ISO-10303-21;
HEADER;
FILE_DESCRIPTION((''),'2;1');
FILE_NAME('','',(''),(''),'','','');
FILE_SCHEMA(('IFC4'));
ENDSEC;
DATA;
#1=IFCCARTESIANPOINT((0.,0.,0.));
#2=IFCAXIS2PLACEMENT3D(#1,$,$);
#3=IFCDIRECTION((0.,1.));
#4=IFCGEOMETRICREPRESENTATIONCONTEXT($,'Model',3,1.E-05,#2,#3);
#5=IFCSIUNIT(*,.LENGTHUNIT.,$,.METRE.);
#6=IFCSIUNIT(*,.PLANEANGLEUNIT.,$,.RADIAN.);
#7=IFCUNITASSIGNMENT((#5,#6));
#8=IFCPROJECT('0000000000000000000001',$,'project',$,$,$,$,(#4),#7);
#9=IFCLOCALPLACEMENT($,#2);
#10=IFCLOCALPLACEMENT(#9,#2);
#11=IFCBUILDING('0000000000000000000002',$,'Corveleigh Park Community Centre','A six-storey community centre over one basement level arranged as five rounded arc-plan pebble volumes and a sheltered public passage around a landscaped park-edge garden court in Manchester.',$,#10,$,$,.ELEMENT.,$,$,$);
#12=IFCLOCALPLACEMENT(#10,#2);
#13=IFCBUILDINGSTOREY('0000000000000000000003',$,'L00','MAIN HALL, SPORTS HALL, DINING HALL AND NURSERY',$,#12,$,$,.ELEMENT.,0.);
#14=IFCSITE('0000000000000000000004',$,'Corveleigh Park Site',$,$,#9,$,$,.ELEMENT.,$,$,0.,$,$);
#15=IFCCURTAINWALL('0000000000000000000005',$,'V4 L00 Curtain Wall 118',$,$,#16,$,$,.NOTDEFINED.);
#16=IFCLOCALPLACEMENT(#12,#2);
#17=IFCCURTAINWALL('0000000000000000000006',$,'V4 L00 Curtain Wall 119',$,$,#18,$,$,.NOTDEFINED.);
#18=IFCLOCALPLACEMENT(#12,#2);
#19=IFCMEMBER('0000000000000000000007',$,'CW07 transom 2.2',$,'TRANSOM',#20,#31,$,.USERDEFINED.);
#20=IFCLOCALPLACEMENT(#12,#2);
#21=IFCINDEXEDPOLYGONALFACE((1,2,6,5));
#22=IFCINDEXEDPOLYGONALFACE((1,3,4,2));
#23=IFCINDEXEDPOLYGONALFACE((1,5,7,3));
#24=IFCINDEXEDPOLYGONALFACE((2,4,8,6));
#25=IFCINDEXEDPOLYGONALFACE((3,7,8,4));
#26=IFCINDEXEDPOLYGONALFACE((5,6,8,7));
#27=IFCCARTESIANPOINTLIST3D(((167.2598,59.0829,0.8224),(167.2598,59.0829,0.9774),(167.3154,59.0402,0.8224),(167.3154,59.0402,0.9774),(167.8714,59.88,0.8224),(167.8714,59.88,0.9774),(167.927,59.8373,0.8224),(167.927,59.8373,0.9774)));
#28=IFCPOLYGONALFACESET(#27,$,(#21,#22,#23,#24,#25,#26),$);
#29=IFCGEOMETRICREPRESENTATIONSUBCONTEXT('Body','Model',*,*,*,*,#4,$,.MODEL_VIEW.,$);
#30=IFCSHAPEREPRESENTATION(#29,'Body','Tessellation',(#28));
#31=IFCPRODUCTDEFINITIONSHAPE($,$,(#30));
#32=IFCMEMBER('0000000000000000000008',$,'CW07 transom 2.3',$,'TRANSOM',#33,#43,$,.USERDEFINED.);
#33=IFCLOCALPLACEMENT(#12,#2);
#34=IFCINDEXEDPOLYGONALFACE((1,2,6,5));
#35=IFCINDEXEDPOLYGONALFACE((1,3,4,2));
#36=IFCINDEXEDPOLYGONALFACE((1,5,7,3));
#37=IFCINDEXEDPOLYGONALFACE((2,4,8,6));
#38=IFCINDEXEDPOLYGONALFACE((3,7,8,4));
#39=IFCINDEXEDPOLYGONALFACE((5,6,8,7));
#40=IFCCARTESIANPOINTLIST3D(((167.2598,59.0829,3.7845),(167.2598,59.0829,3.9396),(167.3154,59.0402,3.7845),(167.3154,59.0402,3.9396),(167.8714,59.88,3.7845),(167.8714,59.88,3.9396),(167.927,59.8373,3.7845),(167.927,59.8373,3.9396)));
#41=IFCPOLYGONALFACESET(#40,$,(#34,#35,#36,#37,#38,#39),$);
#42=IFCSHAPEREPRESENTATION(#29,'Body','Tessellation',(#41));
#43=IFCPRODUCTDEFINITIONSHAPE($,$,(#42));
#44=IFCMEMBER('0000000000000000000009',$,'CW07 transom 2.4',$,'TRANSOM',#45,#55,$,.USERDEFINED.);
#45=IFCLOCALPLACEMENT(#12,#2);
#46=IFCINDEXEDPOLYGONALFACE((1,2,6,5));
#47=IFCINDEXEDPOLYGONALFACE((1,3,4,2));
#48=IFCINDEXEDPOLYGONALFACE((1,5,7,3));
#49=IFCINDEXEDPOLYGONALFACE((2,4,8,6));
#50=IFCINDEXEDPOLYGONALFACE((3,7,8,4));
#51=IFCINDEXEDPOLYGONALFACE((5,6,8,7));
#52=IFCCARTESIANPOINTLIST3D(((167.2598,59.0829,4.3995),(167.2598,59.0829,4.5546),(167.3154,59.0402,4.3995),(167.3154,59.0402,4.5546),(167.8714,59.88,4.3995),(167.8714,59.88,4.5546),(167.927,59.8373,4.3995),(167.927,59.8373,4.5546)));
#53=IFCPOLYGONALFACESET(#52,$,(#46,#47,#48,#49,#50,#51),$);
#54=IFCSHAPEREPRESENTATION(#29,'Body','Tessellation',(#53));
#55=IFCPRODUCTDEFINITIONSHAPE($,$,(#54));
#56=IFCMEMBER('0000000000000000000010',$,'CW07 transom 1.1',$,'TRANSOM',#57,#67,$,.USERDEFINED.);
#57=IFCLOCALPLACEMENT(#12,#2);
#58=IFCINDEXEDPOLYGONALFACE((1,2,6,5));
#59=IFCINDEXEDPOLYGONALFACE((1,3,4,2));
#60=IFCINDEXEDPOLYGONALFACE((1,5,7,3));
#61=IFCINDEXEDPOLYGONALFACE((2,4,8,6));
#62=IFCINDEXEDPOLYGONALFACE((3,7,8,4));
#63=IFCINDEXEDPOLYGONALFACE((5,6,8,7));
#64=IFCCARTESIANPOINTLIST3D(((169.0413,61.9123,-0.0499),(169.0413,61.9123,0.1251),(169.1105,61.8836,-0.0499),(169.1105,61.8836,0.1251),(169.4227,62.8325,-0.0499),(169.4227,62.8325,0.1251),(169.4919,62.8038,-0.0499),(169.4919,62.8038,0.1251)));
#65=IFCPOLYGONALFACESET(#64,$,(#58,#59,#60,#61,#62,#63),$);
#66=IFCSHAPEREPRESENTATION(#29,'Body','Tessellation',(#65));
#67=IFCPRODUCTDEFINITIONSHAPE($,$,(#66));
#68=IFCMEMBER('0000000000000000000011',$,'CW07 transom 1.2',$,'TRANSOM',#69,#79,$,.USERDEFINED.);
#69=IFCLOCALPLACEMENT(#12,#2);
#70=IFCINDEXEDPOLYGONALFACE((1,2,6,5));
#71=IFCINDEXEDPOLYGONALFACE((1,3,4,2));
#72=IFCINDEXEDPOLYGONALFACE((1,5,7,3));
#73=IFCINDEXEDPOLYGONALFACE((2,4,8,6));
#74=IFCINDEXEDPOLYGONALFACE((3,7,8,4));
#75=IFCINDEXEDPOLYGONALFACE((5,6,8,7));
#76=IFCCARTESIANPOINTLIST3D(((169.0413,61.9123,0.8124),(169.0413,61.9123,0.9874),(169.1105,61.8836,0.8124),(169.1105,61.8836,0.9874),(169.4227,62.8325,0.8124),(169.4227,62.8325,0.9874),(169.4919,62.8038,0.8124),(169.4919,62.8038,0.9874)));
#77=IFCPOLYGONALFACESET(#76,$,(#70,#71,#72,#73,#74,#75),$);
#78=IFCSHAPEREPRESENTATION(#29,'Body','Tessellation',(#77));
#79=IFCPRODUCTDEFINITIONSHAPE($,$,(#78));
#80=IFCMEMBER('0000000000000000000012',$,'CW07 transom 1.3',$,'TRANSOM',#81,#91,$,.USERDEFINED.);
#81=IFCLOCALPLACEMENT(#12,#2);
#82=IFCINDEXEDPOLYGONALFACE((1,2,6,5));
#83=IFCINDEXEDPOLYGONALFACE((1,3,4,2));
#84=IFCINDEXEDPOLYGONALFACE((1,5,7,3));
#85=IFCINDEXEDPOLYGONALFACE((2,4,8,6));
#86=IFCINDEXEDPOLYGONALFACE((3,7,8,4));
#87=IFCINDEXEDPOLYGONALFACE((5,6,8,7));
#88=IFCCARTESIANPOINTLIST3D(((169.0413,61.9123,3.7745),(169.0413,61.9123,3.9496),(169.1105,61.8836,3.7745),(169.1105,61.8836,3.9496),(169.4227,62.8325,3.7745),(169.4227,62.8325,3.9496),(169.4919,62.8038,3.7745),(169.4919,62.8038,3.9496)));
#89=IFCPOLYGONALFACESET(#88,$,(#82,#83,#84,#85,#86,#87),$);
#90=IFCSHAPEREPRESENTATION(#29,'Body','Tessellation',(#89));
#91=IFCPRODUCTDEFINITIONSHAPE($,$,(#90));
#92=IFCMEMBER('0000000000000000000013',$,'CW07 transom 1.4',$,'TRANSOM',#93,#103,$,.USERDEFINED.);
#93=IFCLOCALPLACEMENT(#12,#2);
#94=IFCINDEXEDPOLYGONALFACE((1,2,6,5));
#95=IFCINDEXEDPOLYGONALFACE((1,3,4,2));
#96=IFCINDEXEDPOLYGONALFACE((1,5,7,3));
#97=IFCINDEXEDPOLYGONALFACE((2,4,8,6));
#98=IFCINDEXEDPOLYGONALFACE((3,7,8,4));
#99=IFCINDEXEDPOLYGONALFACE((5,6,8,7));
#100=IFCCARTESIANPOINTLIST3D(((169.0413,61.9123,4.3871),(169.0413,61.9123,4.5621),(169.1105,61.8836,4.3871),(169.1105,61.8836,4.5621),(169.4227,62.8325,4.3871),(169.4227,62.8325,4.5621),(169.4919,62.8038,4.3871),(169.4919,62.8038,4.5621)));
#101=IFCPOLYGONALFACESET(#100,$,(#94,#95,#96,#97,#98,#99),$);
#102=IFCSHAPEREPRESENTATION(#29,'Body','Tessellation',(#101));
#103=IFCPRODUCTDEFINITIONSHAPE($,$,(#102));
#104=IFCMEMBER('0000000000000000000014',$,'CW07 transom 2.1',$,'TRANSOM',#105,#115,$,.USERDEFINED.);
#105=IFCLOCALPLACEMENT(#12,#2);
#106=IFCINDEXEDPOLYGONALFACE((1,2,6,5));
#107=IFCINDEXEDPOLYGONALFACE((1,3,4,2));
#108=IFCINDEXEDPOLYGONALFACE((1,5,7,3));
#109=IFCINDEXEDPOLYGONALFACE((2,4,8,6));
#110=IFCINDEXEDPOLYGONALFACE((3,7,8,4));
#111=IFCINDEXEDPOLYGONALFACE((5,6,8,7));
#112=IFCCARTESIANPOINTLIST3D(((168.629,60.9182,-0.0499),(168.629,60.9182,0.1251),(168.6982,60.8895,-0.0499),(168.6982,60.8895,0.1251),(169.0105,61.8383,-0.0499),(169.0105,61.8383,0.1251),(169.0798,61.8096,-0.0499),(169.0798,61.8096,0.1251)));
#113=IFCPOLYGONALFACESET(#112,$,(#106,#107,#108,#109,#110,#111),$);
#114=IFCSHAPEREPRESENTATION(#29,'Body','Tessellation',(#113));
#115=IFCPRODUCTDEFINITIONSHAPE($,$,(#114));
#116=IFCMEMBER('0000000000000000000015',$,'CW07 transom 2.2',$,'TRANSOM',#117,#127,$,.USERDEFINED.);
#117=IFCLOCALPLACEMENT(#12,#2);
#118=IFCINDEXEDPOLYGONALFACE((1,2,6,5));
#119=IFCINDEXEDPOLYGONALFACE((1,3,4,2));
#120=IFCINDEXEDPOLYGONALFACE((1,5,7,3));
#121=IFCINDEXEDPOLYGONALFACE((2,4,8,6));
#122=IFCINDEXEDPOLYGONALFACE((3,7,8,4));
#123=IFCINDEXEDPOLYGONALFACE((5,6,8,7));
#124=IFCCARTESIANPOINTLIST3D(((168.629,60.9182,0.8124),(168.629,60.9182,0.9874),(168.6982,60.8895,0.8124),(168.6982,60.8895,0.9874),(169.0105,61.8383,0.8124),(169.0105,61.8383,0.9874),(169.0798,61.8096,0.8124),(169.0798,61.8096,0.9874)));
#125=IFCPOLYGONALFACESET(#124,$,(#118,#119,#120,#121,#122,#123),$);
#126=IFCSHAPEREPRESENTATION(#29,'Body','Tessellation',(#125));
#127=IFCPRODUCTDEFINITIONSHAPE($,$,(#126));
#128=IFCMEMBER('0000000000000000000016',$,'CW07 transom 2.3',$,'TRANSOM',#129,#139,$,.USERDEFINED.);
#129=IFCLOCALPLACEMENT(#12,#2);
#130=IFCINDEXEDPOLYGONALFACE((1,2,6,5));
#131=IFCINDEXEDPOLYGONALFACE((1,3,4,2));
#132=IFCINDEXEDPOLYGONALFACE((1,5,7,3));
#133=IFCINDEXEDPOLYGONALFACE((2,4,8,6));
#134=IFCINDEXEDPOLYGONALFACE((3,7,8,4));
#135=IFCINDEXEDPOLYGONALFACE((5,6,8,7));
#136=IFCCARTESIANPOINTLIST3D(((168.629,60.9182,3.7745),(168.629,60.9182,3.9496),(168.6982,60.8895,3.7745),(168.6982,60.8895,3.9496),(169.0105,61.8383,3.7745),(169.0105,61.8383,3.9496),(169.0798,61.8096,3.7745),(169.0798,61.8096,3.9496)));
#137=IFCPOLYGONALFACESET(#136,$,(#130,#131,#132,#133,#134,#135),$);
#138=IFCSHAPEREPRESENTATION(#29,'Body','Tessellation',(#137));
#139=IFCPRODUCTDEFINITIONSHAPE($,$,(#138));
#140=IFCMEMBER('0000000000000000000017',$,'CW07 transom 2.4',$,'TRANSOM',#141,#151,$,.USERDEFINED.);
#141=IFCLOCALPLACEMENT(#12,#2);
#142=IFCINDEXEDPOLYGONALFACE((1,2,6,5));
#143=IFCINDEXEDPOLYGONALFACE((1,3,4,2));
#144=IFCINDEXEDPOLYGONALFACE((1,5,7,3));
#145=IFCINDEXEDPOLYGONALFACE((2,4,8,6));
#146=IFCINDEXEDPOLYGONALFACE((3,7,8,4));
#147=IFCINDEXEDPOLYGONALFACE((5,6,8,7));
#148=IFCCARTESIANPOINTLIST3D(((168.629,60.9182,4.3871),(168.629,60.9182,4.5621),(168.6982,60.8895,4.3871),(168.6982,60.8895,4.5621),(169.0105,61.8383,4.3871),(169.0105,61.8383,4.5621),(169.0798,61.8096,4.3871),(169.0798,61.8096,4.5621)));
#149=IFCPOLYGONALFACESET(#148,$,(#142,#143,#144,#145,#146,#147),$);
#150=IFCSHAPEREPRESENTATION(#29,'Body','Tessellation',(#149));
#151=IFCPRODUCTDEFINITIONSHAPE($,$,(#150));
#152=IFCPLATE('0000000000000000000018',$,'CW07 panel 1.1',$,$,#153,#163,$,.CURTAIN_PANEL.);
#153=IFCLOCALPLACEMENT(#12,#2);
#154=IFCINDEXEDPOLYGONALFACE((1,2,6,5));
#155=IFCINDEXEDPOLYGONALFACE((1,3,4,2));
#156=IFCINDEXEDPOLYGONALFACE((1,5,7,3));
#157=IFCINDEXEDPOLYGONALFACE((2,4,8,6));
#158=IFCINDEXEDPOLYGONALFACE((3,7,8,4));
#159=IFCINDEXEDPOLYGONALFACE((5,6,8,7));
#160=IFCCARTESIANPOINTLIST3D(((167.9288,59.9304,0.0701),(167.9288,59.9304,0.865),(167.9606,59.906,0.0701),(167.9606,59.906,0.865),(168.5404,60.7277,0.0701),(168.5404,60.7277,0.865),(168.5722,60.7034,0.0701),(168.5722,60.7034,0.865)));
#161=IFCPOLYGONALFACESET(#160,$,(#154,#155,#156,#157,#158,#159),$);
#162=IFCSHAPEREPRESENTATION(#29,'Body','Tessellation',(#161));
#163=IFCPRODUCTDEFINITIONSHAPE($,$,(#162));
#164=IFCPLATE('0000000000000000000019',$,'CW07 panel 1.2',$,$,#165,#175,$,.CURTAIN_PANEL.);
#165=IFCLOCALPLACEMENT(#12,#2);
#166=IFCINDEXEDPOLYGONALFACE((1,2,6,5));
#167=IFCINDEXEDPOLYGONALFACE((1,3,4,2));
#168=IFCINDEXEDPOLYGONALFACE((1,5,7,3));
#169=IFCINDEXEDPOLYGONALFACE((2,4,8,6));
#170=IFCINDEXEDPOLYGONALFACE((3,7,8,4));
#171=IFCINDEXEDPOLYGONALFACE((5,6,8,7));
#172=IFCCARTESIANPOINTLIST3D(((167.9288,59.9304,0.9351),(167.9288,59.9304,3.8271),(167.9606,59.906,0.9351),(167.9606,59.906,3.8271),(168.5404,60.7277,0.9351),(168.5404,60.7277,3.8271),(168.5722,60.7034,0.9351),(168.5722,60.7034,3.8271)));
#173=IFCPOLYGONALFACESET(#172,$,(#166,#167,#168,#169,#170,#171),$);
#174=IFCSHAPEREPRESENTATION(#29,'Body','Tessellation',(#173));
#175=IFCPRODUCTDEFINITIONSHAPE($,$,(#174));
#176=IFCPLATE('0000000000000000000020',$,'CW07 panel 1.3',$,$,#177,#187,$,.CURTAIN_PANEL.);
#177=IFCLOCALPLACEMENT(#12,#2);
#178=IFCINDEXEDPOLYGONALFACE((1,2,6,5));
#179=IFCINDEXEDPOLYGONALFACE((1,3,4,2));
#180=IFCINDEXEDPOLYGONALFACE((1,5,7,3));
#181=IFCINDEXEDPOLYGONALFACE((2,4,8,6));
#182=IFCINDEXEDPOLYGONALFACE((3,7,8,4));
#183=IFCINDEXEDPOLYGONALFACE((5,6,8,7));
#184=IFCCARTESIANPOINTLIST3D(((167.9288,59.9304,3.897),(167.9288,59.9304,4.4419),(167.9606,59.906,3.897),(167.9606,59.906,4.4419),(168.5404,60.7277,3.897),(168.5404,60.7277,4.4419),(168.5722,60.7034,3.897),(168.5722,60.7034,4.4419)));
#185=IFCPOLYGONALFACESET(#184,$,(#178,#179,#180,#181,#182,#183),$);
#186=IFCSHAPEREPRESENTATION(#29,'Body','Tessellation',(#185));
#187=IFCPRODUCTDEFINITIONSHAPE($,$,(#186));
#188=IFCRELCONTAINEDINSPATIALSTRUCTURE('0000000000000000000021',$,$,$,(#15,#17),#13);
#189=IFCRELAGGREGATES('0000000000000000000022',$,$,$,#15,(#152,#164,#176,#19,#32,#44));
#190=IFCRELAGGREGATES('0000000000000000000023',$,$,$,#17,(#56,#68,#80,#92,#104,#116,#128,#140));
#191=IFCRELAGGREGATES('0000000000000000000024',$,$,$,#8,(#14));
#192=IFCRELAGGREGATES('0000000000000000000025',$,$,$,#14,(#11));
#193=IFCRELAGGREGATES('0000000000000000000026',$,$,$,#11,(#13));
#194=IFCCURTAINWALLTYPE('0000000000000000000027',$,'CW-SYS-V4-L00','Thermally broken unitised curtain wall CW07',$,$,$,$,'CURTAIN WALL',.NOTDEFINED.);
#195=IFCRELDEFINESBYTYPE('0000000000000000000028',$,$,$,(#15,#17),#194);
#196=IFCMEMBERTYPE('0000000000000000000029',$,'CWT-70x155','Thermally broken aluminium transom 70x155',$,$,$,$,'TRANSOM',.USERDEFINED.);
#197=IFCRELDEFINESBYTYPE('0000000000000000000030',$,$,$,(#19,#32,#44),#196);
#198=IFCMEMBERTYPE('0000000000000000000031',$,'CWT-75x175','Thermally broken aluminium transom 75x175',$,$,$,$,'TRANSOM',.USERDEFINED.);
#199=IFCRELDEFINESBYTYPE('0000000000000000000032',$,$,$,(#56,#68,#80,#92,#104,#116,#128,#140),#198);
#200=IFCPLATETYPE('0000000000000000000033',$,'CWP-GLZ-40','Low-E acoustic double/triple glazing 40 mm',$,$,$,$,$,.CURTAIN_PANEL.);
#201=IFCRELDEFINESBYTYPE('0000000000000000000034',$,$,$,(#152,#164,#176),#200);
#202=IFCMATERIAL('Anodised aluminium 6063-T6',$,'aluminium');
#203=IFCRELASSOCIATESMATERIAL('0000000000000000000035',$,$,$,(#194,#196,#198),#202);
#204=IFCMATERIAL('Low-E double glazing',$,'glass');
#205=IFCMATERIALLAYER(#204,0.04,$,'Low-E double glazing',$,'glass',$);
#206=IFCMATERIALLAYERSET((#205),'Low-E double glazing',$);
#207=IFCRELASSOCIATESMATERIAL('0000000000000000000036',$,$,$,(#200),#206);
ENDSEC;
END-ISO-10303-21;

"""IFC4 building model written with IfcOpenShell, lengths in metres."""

from ifc_helpers import new_model, si_unit, direction, frame, origin, origin_2d, place, context, subcontext, project, spatial, rectangle, extrude, material, layer, layer_set, material_profile, profile_set, type_object, element, aggregate, save


model = new_model("IFC4")

# Units and contexts
model_context = context("Model", 3, precision=1e-05, world=origin(), true_north=direction((0.0, 1.0)))
body_context = subcontext(model_context, "Body", "Model", "MODEL_VIEW")
ifc_project = project(units=[si_unit("LENGTHUNIT", "METRE"), si_unit("PLANEANGLEUNIT", "RADIAN")], contexts=[model_context])

# Site, building, storey
site_placement = place(None, origin())
site = spatial("IfcSite", under=ifc_project, at=site_placement, Name="Corveleigh Park Site", CompositionType="ELEMENT", RefElevation=0.0)
building_placement = place(site_placement, origin())
building = spatial("IfcBuilding", under=site, at=building_placement, Name="Corveleigh Park Community Centre", Description="A six-storey community centre over one basement level arranged as five rounded arc-plan pebble volumes and a sheltered public passage around a landscaped park-edge garden court in Manchester.", CompositionType="ELEMENT")
storey_placement = place(building_placement, origin())
storey = spatial("IfcBuildingStorey", under=building, at=storey_placement, Name="L00", Description="MAIN HALL, SPORTS HALL, DINING HALL AND NURSERY", CompositionType="ELEMENT", Elevation=0.0)

# Curtain walls
ifc_material_1 = material(Name="Anodised aluminium 6063-T6", Category="aluminium")
curtain_wall_type = type_object("IfcCurtainWallType", Name="CW-SYS-V4-L00", Description="Thermally broken unitised curtain wall CW07", ElementType="CURTAIN WALL", PredefinedType="NOTDEFINED", material=ifc_material_1)
curtain_wall_1_placement = place(storey_placement, origin())
curtain_wall_1 = element("IfcCurtainWall", 1, at=curtain_wall_1_placement, inside=storey, type_object=curtain_wall_type, Name="V4 L00 Curtain Wall 118", PredefinedType="NOTDEFINED")
curtain_wall_2_placement = place(storey_placement, origin())
curtain_wall_2 = element("IfcCurtainWall", 2, at=curtain_wall_2_placement, inside=storey, type_object=curtain_wall_type, Name="V4 L00 Curtain Wall 119", PredefinedType="NOTDEFINED")

# Members
ifc_material_profile_1 = material_profile(ifc_material_1, rectangle(XDim=0.0701, YDim=0.155, at=origin_2d()), Name="ALU-T70x155", Category="aluminium")
ifc_profile_set_1 = profile_set([ifc_material_profile_1], Name="Anodised aluminium 6063-T6")
member_type_1 = type_object("IfcMemberType", Name="CWT-70x155", Description="Thermally broken aluminium transom 70x155", ElementType="TRANSOM", PredefinedType="USERDEFINED", material=ifc_profile_set_1)
member_1_placement = place(storey_placement, frame((167.8992, 59.8586, 0.8999), z_axis=(-0.608712, -0.793391, 0.0), x_axis=(0.793391, -0.608712, 0.0)))
member_1 = element("IfcMember", 3, at=member_1_placement, type_object=member_type_1, Name="CW07 transom 2.2", ObjectType="TRANSOM", PredefinedType="USERDEFINED", context=body_context, shape_type="SweptSolid", body=[
    extrude(rectangle(XDim=0.0701, YDim=0.155, at=origin_2d()), origin(), (0.0, 0.0, 1.0), 1.0046),
])
member_2_placement = place(storey_placement, frame((167.8992, 59.8586, 3.8621), z_axis=(-0.608712, -0.793391, 0.0), x_axis=(0.793391, -0.608712, 0.0)))
member_2 = element("IfcMember", 4, at=member_2_placement, type_object=member_type_1, Name="CW07 transom 2.3", ObjectType="TRANSOM", PredefinedType="USERDEFINED", context=body_context, shape_type="SweptSolid", body=[
    extrude(rectangle(XDim=0.0701, YDim=0.155, at=origin_2d()), origin(), (0.0, 0.0, 1.0), 1.0046),
])
member_3_placement = place(storey_placement, frame((167.8992, 59.8586, 4.4771), z_axis=(-0.608712, -0.793391, 0.0), x_axis=(0.793391, -0.608712, 0.0)))
member_3 = element("IfcMember", 5, at=member_3_placement, type_object=member_type_1, Name="CW07 transom 2.4", ObjectType="TRANSOM", PredefinedType="USERDEFINED", context=body_context, shape_type="SweptSolid", body=[
    extrude(rectangle(XDim=0.0701, YDim=0.155, at=origin_2d()), origin(), (0.0, 0.0, 1.0), 1.0046),
])
ifc_material_profile_2 = material_profile(ifc_material_1, rectangle(XDim=0.075, YDim=0.175, at=origin_2d()), Name="ALU-T75x175", Category="aluminium")
ifc_profile_set_2 = profile_set([ifc_material_profile_2], Name="Anodised aluminium 6063-T6")
member_type_2 = type_object("IfcMemberType", Name="CWT-75x175", Description="Thermally broken aluminium transom 75x175", ElementType="TRANSOM", PredefinedType="USERDEFINED", material=ifc_profile_set_2)
member_4_placement = place(storey_placement, frame((169.4573, 62.8181, 0.0376), z_axis=(-0.382857, -0.923808, 0.0), x_axis=(0.923808, -0.382857, 0.0)))
member_4 = element("IfcMember", 6, at=member_4_placement, type_object=member_type_2, Name="CW07 transom 1.1", ObjectType="TRANSOM", PredefinedType="USERDEFINED", context=body_context, shape_type="SweptSolid", body=[
    extrude(rectangle(XDim=0.075, YDim=0.175, at=origin_2d()), origin(), (0.0, 0.0, 1.0), 0.9961),
])
member_5_placement = place(storey_placement, frame((169.4573, 62.8181, 0.8999), z_axis=(-0.382857, -0.923808, 0.0), x_axis=(0.923808, -0.382857, 0.0)))
member_5 = element("IfcMember", 7, at=member_5_placement, type_object=member_type_2, Name="CW07 transom 1.2", ObjectType="TRANSOM", PredefinedType="USERDEFINED", context=body_context, shape_type="SweptSolid", body=[
    extrude(rectangle(XDim=0.075, YDim=0.175, at=origin_2d()), origin(), (0.0, 0.0, 1.0), 0.9961),
])
member_6_placement = place(storey_placement, frame((169.4573, 62.8181, 3.8621), z_axis=(-0.382857, -0.923808, 0.0), x_axis=(0.923808, -0.382857, 0.0)))
member_6 = element("IfcMember", 8, at=member_6_placement, type_object=member_type_2, Name="CW07 transom 1.3", ObjectType="TRANSOM", PredefinedType="USERDEFINED", context=body_context, shape_type="SweptSolid", body=[
    extrude(rectangle(XDim=0.075, YDim=0.175, at=origin_2d()), origin(), (0.0, 0.0, 1.0), 0.9961),
])
member_7_placement = place(storey_placement, frame((169.4573, 62.8181, 4.4746), z_axis=(-0.382857, -0.923808, 0.0), x_axis=(0.923808, -0.382857, 0.0)))
member_7 = element("IfcMember", 9, at=member_7_placement, type_object=member_type_2, Name="CW07 transom 1.4", ObjectType="TRANSOM", PredefinedType="USERDEFINED", context=body_context, shape_type="SweptSolid", body=[
    extrude(rectangle(XDim=0.075, YDim=0.175, at=origin_2d()), origin(), (0.0, 0.0, 1.0), 0.9961),
])
member_8_placement = place(storey_placement, frame((169.0452, 61.824, 0.0376), z_axis=(-0.383066, -0.923721, 0.0), x_axis=(0.923721, -0.383066, 0.0)))
member_8 = element("IfcMember", 10, at=member_8_placement, type_object=member_type_2, Name="CW07 transom 2.1", ObjectType="TRANSOM", PredefinedType="USERDEFINED", context=body_context, shape_type="SweptSolid", body=[
    extrude(rectangle(XDim=0.075, YDim=0.175, at=origin_2d()), origin(), (0.0, 0.0, 1.0), 0.9961),
])
member_9_placement = place(storey_placement, frame((169.0452, 61.824, 0.8999), z_axis=(-0.383066, -0.923721, 0.0), x_axis=(0.923721, -0.383066, 0.0)))
member_9 = element("IfcMember", 11, at=member_9_placement, type_object=member_type_2, Name="CW07 transom 2.2", ObjectType="TRANSOM", PredefinedType="USERDEFINED", context=body_context, shape_type="SweptSolid", body=[
    extrude(rectangle(XDim=0.075, YDim=0.175, at=origin_2d()), origin(), (0.0, 0.0, 1.0), 0.9961),
])
member_10_placement = place(storey_placement, frame((169.0452, 61.824, 3.8621), z_axis=(-0.383066, -0.923721, 0.0), x_axis=(0.923721, -0.383066, 0.0)))
member_10 = element("IfcMember", 12, at=member_10_placement, type_object=member_type_2, Name="CW07 transom 2.3", ObjectType="TRANSOM", PredefinedType="USERDEFINED", context=body_context, shape_type="SweptSolid", body=[
    extrude(rectangle(XDim=0.075, YDim=0.175, at=origin_2d()), origin(), (0.0, 0.0, 1.0), 0.9961),
])
member_11_placement = place(storey_placement, frame((169.0452, 61.824, 4.4746), z_axis=(-0.383066, -0.923721, 0.0), x_axis=(0.923721, -0.383066, 0.0)))
member_11 = element("IfcMember", 13, at=member_11_placement, type_object=member_type_2, Name="CW07 transom 2.4", ObjectType="TRANSOM", PredefinedType="USERDEFINED", context=body_context, shape_type="SweptSolid", body=[
    extrude(rectangle(XDim=0.075, YDim=0.175, at=origin_2d()), origin(), (0.0, 0.0, 1.0), 0.9961),
])

# Plates
ifc_material_2 = material(Name="Low-E double glazing", Category="glass")
ifc_layer_1 = layer(ifc_material_2, 0.04, Name="Low-E double glazing", Category="glass")
ifc_layer_set_1 = layer_set([ifc_layer_1], Name="Low-E double glazing")
plate_type_1 = type_object("IfcPlateType", Name="CWP-GLZ-40", Description="Low-E acoustic double/triple glazing 40 mm", PredefinedType="CURTAIN_PANEL", material=ifc_layer_set_1)
plate_1_placement = place(storey_placement, frame((168.2505, 60.3169, 0.0701), z_axis=(0.0, 0.0, 1.0), x_axis=(-0.608629, -0.793455, 0.0)))
plate_1 = element("IfcPlate", 14, at=plate_1_placement, type_object=plate_type_1, Name="CW07 panel 1.1", PredefinedType="CURTAIN_PANEL", context=body_context, shape_type="SweptSolid", body=[
    extrude(rectangle(XDim=1.0049, YDim=0.04, at=origin_2d()), origin(), (0.0, 0.0, 1.0), 0.7949),
])
plate_2_placement = place(storey_placement, frame((168.2505, 60.3169, 0.9351), z_axis=(0.0, 0.0, 1.0), x_axis=(-0.608629, -0.793455, 0.0)))
plate_2 = element("IfcPlate", 15, at=plate_2_placement, type_object=plate_type_1, Name="CW07 panel 1.2", PredefinedType="CURTAIN_PANEL", context=body_context, shape_type="SweptSolid", body=[
    extrude(rectangle(XDim=1.0049, YDim=0.04, at=origin_2d()), origin(), (0.0, 0.0, 1.0), 2.8921),
])
plate_3_placement = place(storey_placement, frame((168.2505, 60.3169, 3.897), z_axis=(0.0, 0.0, 1.0), x_axis=(-0.608629, -0.793455, 0.0)))
plate_3 = element("IfcPlate", 16, at=plate_3_placement, type_object=plate_type_1, Name="CW07 panel 1.3", PredefinedType="CURTAIN_PANEL", context=body_context, shape_type="SweptSolid", body=[
    extrude(rectangle(XDim=1.0049, YDim=0.04, at=origin_2d()), origin(), (0.0, 0.0, 1.0), 0.5449),
])
aggregate(curtain_wall_1, [plate_1, plate_2, plate_3, member_1, member_2, member_3])
aggregate(curtain_wall_2, [member_4, member_5, member_6, member_7, member_8, member_9, member_10, member_11])

save(model, "model.ifc")
